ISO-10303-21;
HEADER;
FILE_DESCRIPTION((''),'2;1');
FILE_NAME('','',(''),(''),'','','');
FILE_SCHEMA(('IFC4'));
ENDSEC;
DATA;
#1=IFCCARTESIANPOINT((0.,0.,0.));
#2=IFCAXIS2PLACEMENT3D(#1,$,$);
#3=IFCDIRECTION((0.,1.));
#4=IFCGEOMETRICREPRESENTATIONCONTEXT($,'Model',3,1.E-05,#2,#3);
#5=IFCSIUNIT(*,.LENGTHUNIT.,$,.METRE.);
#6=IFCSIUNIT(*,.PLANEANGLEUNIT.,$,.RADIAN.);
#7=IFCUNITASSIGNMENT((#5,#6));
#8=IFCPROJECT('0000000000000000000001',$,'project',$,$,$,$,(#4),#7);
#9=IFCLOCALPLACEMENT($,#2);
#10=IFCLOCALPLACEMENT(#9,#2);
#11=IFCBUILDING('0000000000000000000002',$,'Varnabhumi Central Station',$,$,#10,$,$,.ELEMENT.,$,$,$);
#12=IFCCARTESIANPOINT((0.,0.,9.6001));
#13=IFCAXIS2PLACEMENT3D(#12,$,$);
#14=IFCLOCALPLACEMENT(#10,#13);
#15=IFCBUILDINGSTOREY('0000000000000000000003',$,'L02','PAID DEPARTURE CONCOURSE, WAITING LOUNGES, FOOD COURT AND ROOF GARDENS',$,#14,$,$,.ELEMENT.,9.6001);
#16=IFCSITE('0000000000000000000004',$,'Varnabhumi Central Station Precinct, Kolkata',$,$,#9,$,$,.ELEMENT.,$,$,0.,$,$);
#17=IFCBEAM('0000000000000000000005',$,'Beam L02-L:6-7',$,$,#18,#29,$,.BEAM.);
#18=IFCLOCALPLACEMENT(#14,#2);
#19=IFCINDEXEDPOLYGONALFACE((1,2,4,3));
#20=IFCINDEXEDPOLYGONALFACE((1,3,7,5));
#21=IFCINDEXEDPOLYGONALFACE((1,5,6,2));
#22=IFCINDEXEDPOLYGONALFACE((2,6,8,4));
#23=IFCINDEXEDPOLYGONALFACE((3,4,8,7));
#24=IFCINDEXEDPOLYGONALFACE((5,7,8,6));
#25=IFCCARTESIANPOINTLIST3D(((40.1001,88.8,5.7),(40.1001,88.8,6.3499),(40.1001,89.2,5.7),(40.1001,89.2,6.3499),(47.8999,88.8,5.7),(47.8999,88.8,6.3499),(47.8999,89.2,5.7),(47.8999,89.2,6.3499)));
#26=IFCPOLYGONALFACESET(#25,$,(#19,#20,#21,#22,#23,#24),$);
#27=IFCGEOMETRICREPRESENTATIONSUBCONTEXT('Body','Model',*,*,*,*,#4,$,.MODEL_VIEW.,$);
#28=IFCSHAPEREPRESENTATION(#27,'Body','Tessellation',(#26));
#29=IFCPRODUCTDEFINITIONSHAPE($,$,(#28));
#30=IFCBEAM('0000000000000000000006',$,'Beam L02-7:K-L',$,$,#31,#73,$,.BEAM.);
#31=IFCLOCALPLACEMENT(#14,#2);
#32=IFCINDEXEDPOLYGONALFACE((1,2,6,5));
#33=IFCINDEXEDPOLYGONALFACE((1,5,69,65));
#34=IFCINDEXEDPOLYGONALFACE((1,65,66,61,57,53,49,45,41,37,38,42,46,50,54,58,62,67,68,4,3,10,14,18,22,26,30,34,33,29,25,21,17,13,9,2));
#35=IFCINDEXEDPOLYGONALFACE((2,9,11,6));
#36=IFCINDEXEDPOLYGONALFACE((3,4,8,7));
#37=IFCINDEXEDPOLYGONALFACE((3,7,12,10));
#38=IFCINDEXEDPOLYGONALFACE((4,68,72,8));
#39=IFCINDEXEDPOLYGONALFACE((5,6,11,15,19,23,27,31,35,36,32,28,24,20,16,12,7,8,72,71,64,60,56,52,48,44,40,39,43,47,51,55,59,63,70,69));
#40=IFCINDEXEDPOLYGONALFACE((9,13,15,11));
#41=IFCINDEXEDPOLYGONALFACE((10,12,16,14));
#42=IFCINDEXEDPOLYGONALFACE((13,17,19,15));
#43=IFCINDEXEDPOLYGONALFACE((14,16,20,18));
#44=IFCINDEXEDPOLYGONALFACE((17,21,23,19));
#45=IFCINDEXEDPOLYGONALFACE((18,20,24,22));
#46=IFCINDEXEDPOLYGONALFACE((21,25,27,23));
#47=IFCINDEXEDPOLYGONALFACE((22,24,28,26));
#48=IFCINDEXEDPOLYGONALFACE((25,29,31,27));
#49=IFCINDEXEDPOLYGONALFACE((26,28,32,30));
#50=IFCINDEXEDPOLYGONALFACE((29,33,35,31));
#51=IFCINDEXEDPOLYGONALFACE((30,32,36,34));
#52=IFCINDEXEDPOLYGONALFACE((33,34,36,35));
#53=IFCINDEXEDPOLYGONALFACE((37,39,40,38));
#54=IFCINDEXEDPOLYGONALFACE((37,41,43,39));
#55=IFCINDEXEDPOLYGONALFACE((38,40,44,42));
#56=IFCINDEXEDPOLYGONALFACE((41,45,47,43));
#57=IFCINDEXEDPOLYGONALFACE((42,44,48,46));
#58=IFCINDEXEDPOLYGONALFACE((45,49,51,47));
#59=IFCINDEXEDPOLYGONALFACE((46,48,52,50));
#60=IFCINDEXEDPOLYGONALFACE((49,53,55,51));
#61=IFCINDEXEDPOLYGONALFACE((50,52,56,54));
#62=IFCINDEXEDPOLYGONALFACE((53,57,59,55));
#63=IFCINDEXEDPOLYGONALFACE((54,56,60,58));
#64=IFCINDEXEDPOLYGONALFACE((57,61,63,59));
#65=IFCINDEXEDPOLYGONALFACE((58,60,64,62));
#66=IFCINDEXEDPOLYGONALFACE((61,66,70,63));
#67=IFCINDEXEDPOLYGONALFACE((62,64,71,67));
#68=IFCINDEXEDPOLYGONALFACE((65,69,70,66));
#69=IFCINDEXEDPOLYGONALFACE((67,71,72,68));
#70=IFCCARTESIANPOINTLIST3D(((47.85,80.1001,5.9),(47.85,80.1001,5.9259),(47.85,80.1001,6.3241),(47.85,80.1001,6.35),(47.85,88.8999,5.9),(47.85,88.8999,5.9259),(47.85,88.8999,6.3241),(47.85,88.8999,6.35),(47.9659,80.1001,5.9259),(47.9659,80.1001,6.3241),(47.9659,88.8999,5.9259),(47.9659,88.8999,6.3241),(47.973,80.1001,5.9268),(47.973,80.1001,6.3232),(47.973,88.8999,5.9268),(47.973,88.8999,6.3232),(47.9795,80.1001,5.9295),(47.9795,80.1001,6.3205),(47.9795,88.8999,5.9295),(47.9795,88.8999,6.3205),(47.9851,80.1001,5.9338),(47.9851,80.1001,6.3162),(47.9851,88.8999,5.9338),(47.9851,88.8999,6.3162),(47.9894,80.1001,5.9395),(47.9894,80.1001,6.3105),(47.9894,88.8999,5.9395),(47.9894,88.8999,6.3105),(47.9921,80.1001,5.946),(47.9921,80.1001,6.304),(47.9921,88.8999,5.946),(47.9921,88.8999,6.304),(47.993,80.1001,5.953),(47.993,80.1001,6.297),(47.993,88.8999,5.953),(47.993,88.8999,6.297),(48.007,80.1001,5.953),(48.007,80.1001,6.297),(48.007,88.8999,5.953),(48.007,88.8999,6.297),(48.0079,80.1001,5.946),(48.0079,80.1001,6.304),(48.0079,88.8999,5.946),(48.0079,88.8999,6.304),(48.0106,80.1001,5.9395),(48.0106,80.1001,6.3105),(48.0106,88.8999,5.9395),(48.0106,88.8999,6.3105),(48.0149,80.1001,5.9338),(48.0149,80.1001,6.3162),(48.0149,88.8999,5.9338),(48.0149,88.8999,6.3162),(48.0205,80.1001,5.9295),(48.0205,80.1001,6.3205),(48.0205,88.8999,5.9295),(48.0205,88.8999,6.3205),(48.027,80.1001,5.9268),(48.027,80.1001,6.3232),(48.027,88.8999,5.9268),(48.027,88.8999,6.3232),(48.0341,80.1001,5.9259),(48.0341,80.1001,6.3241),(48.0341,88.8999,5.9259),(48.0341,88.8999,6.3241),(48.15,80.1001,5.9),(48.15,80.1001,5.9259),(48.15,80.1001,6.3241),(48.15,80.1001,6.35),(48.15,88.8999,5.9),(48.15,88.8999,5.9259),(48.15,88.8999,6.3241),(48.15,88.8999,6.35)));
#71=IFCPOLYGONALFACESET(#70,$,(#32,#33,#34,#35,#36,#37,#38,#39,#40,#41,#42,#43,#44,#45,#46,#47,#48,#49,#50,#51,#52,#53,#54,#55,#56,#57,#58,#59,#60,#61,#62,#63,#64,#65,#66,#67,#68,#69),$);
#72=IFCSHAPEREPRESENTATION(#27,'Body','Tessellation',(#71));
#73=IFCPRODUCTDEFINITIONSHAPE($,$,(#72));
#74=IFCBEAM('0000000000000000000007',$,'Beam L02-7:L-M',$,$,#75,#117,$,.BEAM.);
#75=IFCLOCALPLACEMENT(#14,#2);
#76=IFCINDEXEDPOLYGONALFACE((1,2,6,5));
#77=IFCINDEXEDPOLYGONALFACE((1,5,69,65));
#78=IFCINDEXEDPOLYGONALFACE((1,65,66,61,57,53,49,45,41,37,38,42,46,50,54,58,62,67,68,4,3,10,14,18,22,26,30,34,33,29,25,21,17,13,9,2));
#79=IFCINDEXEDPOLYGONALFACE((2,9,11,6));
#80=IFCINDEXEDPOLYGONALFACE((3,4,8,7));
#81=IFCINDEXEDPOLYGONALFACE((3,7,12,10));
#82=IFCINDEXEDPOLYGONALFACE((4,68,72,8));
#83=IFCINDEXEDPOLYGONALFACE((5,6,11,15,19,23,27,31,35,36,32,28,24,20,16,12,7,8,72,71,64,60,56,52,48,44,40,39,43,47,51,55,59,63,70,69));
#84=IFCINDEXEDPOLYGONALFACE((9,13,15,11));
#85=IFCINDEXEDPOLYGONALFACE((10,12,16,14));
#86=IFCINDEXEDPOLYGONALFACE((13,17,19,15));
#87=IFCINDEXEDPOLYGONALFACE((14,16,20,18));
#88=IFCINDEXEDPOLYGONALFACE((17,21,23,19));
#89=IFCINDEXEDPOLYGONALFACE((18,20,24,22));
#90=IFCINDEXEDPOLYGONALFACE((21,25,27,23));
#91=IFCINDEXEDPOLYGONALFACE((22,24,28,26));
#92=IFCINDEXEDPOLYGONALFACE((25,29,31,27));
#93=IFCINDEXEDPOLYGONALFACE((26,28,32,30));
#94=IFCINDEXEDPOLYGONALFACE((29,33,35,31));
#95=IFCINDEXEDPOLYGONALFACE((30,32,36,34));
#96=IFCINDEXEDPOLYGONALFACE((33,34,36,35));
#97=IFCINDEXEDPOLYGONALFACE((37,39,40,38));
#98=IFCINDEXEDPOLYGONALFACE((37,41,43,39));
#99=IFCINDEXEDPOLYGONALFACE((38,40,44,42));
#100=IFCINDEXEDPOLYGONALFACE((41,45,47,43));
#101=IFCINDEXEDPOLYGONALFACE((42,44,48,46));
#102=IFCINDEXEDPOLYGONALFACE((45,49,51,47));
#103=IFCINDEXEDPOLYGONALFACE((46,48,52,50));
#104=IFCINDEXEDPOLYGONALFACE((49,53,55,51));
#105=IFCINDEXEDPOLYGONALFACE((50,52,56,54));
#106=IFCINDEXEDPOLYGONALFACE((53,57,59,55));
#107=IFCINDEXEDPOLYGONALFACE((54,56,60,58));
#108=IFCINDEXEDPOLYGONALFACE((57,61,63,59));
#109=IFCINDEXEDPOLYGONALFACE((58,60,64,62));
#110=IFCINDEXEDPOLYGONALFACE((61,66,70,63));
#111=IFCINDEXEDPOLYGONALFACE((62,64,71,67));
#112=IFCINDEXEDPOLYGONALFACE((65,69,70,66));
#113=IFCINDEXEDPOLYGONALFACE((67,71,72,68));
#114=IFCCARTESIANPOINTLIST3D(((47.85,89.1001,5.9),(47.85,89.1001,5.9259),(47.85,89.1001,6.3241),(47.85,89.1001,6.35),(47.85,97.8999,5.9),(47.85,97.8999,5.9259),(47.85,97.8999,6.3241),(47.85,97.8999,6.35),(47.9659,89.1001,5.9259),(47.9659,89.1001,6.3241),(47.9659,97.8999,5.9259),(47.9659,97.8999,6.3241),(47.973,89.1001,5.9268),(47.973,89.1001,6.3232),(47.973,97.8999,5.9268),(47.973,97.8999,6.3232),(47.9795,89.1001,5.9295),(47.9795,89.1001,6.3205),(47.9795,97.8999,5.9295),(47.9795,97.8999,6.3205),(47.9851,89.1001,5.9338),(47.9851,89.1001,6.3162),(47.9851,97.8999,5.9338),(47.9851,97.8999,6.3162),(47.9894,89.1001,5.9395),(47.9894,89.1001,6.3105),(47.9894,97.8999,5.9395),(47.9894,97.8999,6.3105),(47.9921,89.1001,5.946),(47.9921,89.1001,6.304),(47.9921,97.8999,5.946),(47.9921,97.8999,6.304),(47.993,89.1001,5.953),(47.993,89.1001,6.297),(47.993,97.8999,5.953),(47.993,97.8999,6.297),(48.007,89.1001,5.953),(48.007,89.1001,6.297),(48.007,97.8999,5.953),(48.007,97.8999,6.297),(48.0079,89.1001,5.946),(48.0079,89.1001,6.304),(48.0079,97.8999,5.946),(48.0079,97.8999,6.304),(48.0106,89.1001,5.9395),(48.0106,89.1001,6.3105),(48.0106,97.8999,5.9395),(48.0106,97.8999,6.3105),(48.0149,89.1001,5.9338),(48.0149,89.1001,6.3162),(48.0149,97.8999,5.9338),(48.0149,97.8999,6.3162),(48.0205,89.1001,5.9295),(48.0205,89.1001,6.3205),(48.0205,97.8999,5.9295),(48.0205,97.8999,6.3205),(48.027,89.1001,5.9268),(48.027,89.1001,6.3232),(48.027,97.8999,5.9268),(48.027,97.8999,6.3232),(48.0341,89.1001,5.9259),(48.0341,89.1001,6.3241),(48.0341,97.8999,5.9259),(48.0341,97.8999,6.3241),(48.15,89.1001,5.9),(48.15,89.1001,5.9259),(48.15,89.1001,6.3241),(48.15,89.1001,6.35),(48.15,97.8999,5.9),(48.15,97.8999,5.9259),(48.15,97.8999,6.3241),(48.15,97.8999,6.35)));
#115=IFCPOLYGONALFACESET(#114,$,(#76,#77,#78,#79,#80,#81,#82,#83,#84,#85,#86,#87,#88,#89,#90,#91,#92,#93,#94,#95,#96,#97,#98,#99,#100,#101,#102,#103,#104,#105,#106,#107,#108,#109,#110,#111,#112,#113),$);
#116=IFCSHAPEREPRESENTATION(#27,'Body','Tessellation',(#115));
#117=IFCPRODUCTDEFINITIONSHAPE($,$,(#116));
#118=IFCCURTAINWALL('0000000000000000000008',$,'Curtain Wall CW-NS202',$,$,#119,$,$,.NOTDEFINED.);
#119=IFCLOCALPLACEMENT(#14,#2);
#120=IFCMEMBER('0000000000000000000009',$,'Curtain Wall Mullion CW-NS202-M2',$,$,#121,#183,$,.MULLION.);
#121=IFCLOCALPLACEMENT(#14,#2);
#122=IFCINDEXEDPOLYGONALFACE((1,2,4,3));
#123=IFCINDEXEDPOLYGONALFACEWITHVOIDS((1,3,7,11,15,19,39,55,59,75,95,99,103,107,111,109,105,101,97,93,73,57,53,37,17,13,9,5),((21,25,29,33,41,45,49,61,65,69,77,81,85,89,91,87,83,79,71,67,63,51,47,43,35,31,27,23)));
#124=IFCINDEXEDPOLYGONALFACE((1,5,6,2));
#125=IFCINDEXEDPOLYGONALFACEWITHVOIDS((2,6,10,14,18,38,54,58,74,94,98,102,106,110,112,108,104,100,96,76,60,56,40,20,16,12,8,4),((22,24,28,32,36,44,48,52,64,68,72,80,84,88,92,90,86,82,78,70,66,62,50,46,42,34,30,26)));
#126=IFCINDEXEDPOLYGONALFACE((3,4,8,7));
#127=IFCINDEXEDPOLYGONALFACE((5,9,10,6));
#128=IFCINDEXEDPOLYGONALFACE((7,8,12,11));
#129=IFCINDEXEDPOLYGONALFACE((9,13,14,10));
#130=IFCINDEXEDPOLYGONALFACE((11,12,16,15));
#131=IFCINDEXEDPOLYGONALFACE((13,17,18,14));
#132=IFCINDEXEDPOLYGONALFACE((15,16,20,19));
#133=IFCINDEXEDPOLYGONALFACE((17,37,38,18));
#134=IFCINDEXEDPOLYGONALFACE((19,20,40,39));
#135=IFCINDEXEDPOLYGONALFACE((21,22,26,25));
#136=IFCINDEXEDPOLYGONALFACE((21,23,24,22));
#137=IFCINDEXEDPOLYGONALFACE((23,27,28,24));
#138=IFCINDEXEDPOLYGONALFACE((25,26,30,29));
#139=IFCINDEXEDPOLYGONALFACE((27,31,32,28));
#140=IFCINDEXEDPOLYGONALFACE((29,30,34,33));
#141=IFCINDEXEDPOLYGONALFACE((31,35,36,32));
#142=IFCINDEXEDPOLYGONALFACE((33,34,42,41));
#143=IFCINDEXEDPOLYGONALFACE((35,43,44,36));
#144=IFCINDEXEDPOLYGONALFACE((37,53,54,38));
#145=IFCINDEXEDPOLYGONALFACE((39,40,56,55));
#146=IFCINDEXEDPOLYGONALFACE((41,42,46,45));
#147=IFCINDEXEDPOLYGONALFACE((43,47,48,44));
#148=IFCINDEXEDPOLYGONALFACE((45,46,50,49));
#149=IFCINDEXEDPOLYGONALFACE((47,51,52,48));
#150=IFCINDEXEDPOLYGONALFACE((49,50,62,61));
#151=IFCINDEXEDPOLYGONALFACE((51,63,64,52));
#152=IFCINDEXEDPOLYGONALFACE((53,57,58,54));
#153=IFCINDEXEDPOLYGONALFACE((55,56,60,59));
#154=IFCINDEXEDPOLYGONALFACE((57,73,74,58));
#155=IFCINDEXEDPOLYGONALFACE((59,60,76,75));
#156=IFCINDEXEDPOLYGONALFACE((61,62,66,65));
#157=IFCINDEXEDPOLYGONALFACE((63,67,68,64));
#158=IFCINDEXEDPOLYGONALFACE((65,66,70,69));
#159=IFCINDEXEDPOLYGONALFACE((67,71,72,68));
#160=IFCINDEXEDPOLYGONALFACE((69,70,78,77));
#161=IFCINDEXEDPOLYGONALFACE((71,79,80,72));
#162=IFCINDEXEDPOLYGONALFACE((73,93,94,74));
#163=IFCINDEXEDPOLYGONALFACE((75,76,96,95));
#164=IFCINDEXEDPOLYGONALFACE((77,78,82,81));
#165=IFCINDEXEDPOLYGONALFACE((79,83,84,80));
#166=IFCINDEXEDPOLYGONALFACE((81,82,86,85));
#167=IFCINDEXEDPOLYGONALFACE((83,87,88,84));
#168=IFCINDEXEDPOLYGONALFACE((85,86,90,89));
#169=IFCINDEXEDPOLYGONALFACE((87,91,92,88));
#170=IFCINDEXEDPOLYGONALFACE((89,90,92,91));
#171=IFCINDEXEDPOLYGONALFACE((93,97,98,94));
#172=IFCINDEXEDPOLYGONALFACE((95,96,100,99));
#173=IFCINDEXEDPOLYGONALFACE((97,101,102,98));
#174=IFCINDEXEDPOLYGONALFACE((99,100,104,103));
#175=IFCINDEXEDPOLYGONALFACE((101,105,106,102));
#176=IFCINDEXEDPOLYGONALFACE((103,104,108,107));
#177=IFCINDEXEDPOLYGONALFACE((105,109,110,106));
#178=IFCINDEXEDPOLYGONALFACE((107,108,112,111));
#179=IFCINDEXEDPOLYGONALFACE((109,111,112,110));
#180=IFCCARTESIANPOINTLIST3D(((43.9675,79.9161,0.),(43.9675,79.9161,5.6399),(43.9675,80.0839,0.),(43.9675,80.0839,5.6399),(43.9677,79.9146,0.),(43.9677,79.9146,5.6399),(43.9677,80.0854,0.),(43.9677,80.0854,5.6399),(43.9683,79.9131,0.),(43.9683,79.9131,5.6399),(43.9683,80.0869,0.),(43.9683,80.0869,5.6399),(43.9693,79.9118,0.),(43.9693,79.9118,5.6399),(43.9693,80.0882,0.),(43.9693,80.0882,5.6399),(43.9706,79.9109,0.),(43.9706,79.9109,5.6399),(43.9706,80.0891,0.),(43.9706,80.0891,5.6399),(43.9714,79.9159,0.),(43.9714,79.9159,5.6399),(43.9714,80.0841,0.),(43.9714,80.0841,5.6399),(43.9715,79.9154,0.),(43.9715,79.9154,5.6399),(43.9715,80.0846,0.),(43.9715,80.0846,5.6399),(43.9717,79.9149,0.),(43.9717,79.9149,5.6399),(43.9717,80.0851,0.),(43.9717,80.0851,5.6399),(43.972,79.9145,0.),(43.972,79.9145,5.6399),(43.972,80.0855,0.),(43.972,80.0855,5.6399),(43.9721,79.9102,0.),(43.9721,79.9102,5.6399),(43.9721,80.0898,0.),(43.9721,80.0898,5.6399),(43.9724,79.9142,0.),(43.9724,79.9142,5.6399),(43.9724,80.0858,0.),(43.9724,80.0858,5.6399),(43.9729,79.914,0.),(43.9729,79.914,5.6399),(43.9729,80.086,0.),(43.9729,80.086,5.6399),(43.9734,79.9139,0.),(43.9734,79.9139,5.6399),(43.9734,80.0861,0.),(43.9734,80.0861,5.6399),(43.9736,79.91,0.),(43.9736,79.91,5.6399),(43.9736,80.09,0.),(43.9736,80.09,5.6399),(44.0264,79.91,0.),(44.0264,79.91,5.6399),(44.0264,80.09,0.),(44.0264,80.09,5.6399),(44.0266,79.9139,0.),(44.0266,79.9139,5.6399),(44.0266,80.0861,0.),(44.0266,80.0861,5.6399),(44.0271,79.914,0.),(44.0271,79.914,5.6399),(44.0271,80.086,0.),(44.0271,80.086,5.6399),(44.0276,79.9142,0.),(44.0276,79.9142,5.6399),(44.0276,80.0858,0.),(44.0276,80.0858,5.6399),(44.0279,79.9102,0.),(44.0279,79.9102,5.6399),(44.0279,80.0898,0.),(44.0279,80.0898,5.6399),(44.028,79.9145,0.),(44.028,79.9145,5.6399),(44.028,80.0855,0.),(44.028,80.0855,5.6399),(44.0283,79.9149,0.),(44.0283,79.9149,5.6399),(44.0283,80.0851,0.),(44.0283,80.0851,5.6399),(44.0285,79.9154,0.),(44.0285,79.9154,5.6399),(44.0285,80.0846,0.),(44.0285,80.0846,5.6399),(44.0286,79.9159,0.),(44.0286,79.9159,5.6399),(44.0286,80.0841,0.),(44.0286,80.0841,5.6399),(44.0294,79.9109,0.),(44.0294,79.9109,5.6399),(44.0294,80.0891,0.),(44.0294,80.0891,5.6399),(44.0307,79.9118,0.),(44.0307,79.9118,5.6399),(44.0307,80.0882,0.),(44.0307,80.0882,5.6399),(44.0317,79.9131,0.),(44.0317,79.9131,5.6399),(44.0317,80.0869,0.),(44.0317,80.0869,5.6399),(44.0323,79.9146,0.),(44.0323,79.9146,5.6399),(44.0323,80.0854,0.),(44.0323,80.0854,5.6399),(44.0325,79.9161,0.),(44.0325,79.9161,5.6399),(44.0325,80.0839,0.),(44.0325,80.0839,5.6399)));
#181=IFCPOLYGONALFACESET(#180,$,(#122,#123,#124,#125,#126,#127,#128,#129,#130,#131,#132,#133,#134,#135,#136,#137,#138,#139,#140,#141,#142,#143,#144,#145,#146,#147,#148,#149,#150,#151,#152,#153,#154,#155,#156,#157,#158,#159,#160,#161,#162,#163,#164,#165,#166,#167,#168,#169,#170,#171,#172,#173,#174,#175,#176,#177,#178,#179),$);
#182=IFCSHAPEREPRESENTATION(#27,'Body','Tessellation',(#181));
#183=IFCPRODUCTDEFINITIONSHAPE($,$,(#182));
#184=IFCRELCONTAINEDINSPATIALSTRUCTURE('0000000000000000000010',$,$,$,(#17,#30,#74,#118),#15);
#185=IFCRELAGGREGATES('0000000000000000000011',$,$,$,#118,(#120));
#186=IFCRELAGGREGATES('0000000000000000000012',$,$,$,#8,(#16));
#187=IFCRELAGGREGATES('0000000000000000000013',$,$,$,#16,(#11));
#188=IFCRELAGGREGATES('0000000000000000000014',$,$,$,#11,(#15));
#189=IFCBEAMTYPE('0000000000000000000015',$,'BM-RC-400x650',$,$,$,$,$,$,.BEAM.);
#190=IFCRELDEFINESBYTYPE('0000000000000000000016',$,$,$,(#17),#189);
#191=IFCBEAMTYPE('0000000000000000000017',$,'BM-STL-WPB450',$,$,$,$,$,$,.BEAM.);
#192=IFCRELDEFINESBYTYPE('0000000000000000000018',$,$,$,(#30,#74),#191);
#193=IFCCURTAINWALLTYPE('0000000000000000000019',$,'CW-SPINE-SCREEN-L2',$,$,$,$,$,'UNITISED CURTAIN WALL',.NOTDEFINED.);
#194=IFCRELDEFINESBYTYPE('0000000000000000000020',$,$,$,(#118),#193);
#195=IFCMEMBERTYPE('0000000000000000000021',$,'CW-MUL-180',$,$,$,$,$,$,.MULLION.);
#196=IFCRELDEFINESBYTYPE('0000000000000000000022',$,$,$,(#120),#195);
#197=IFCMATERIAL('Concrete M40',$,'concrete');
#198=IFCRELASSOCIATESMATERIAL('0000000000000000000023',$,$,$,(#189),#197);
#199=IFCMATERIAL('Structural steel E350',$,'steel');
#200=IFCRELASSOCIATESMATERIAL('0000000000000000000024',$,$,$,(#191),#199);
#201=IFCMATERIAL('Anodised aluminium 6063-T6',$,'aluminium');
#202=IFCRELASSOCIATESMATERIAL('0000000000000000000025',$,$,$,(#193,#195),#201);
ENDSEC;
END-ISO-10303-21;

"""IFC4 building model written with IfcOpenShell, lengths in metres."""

from ifc_helpers import new_model, si_unit, direction, frame, origin, origin_2d, place, context, subcontext, project, spatial, rectangle, hollow_rectangle, i_section, extrude, material, material_profile, profile_set, type_object, element, aggregate, save


model = new_model("IFC4")

# Units and contexts
model_context = context("Model", 3, precision=1e-05, world=origin(), true_north=direction((0.0, 1.0)))
body_context = subcontext(model_context, "Body", "Model", "MODEL_VIEW")
ifc_project = project(units=[si_unit("LENGTHUNIT", "METRE"), si_unit("PLANEANGLEUNIT", "RADIAN")], contexts=[model_context])

# Site, building, storey
site_placement = place(None, origin())
site = spatial("IfcSite", under=ifc_project, at=site_placement, Name="Varnabhumi Central Station Precinct, Kolkata", CompositionType="ELEMENT", RefElevation=0.0)
building_placement = place(site_placement, origin())
building = spatial("IfcBuilding", under=site, at=building_placement, Name="Varnabhumi Central Station", CompositionType="ELEMENT")
storey_placement = place(building_placement, frame((0.0, 0.0, 9.6001)))
storey = spatial("IfcBuildingStorey", under=building, at=storey_placement, Name="L02", Description="PAID DEPARTURE CONCOURSE, WAITING LOUNGES, FOOD COURT AND ROOF GARDENS", CompositionType="ELEMENT", Elevation=9.6001)

# Shared definitions
ifc_material_1 = material(Name="Concrete M40", Category="concrete")

# Beams
ifc_material_2 = material(Name="Structural steel E350", Category="steel")
ifc_material_profile_1 = material_profile(ifc_material_1, rectangle(XDim=0.3999, YDim=0.6499, at=origin_2d()), Name="Concrete M40", Category="concrete")
ifc_profile_set_1 = profile_set([ifc_material_profile_1], Name="Concrete M40")
beam_type_1 = type_object("IfcBeamType", Name="BM-RC-400x650", PredefinedType="BEAM", material=ifc_profile_set_1)
beam_1_placement = place(storey_placement, frame((40.1001, 89.0, 6.0249), z_axis=(1.0, 0.0, 0.0), x_axis=(0.0, 1.0, 0.0)))
element("IfcBeam", 1, at=beam_1_placement, inside=storey, type_object=beam_type_1, Name="Beam L02-L:6-7", PredefinedType="BEAM", context=body_context, shape_type="SweptSolid", body=[
    extrude(rectangle(XDim=0.3999, YDim=0.6499, at=origin_2d()), origin(), (0.0, 0.0, 1.0), 7.7998),
])
ifc_material_profile_2 = material_profile(ifc_material_2, i_section(OverallWidth=0.3, OverallDepth=0.45, WebThickness=0.0139, FlangeThickness=0.0259, FilletRadius=0.0271, at=origin_2d()), Name="Structural steel E350", Category="steel")
ifc_profile_set_2 = profile_set([ifc_material_profile_2], Name="Structural steel E350")
beam_type_2 = type_object("IfcBeamType", Name="BM-STL-WPB450", PredefinedType="BEAM", material=ifc_profile_set_2)
for number, where, z_axis, x_axis, name in (
    (2, (48.0, 80.1001, 6.125), (0.0, 1.0, 0.0), (-1.0, 0.0, 0.0), "Beam L02-7:K-L"),
    (3, (48.0, 89.1001, 6.125), (0.0, 1.0, 0.0), (-1.0, 0.0, 0.0), "Beam L02-7:L-M"),
):
    element("IfcBeam", number, at=place(storey_placement, frame(where, z_axis=z_axis, x_axis=x_axis)), inside=storey, type_object=beam_type_2, Name=name, PredefinedType="BEAM", context=body_context, shape_type="SweptSolid", body=[
        extrude(i_section(OverallWidth=0.3, OverallDepth=0.45, WebThickness=0.0139, FlangeThickness=0.0259, FilletRadius=0.0271, at=origin_2d()), origin(), (0.0, 0.0, 1.0), 8.7998),
    ])

# Curtain wall, member
ifc_material_3 = material(Name="Anodised aluminium 6063-T6", Category="aluminium")
curtain_wall_type_1 = type_object("IfcCurtainWallType", Name="CW-SPINE-SCREEN-L2", ElementType="UNITISED CURTAIN WALL", PredefinedType="NOTDEFINED", material=ifc_material_3)
curtain_wall_1_placement = place(storey_placement, origin())
curtain_wall_1 = element("IfcCurtainWall", 4, at=curtain_wall_1_placement, inside=storey, type_object=curtain_wall_type_1, Name="Curtain Wall CW-NS202", PredefinedType="NOTDEFINED")
ifc_material_profile_3 = material_profile(ifc_material_3, hollow_rectangle(XDim=0.0649, YDim=0.1799, WallThickness=0.0039, InnerFilletRadius=0.002, OuterFilletRadius=0.0061, at=origin_2d()), Name="Anodised aluminium 6063-T6", Category="aluminium")
ifc_profile_set_3 = profile_set([ifc_material_profile_3], Name="Anodised aluminium 6063-T6")
member_type_1 = type_object("IfcMemberType", Name="CW-MUL-180", PredefinedType="MULLION", material=ifc_profile_set_3)
member_1_placement = place(storey_placement, frame((44.0, 80.0, 0.0), z_axis=(0.0, 0.0, 1.0), x_axis=(1.0, 0.0, 0.0)))
member_1 = element("IfcMember", 5, at=member_1_placement, type_object=member_type_1, Name="Curtain Wall Mullion CW-NS202-M2", PredefinedType="MULLION", context=body_context, shape_type="SweptSolid", body=[
    extrude(hollow_rectangle(XDim=0.0649, YDim=0.1799, WallThickness=0.0039, InnerFilletRadius=0.002, OuterFilletRadius=0.0061, at=origin_2d()), origin(), (0.0, 0.0, 1.0), 5.6399),
])

aggregate(curtain_wall_1, [member_1])

save(model, "model.ifc")
